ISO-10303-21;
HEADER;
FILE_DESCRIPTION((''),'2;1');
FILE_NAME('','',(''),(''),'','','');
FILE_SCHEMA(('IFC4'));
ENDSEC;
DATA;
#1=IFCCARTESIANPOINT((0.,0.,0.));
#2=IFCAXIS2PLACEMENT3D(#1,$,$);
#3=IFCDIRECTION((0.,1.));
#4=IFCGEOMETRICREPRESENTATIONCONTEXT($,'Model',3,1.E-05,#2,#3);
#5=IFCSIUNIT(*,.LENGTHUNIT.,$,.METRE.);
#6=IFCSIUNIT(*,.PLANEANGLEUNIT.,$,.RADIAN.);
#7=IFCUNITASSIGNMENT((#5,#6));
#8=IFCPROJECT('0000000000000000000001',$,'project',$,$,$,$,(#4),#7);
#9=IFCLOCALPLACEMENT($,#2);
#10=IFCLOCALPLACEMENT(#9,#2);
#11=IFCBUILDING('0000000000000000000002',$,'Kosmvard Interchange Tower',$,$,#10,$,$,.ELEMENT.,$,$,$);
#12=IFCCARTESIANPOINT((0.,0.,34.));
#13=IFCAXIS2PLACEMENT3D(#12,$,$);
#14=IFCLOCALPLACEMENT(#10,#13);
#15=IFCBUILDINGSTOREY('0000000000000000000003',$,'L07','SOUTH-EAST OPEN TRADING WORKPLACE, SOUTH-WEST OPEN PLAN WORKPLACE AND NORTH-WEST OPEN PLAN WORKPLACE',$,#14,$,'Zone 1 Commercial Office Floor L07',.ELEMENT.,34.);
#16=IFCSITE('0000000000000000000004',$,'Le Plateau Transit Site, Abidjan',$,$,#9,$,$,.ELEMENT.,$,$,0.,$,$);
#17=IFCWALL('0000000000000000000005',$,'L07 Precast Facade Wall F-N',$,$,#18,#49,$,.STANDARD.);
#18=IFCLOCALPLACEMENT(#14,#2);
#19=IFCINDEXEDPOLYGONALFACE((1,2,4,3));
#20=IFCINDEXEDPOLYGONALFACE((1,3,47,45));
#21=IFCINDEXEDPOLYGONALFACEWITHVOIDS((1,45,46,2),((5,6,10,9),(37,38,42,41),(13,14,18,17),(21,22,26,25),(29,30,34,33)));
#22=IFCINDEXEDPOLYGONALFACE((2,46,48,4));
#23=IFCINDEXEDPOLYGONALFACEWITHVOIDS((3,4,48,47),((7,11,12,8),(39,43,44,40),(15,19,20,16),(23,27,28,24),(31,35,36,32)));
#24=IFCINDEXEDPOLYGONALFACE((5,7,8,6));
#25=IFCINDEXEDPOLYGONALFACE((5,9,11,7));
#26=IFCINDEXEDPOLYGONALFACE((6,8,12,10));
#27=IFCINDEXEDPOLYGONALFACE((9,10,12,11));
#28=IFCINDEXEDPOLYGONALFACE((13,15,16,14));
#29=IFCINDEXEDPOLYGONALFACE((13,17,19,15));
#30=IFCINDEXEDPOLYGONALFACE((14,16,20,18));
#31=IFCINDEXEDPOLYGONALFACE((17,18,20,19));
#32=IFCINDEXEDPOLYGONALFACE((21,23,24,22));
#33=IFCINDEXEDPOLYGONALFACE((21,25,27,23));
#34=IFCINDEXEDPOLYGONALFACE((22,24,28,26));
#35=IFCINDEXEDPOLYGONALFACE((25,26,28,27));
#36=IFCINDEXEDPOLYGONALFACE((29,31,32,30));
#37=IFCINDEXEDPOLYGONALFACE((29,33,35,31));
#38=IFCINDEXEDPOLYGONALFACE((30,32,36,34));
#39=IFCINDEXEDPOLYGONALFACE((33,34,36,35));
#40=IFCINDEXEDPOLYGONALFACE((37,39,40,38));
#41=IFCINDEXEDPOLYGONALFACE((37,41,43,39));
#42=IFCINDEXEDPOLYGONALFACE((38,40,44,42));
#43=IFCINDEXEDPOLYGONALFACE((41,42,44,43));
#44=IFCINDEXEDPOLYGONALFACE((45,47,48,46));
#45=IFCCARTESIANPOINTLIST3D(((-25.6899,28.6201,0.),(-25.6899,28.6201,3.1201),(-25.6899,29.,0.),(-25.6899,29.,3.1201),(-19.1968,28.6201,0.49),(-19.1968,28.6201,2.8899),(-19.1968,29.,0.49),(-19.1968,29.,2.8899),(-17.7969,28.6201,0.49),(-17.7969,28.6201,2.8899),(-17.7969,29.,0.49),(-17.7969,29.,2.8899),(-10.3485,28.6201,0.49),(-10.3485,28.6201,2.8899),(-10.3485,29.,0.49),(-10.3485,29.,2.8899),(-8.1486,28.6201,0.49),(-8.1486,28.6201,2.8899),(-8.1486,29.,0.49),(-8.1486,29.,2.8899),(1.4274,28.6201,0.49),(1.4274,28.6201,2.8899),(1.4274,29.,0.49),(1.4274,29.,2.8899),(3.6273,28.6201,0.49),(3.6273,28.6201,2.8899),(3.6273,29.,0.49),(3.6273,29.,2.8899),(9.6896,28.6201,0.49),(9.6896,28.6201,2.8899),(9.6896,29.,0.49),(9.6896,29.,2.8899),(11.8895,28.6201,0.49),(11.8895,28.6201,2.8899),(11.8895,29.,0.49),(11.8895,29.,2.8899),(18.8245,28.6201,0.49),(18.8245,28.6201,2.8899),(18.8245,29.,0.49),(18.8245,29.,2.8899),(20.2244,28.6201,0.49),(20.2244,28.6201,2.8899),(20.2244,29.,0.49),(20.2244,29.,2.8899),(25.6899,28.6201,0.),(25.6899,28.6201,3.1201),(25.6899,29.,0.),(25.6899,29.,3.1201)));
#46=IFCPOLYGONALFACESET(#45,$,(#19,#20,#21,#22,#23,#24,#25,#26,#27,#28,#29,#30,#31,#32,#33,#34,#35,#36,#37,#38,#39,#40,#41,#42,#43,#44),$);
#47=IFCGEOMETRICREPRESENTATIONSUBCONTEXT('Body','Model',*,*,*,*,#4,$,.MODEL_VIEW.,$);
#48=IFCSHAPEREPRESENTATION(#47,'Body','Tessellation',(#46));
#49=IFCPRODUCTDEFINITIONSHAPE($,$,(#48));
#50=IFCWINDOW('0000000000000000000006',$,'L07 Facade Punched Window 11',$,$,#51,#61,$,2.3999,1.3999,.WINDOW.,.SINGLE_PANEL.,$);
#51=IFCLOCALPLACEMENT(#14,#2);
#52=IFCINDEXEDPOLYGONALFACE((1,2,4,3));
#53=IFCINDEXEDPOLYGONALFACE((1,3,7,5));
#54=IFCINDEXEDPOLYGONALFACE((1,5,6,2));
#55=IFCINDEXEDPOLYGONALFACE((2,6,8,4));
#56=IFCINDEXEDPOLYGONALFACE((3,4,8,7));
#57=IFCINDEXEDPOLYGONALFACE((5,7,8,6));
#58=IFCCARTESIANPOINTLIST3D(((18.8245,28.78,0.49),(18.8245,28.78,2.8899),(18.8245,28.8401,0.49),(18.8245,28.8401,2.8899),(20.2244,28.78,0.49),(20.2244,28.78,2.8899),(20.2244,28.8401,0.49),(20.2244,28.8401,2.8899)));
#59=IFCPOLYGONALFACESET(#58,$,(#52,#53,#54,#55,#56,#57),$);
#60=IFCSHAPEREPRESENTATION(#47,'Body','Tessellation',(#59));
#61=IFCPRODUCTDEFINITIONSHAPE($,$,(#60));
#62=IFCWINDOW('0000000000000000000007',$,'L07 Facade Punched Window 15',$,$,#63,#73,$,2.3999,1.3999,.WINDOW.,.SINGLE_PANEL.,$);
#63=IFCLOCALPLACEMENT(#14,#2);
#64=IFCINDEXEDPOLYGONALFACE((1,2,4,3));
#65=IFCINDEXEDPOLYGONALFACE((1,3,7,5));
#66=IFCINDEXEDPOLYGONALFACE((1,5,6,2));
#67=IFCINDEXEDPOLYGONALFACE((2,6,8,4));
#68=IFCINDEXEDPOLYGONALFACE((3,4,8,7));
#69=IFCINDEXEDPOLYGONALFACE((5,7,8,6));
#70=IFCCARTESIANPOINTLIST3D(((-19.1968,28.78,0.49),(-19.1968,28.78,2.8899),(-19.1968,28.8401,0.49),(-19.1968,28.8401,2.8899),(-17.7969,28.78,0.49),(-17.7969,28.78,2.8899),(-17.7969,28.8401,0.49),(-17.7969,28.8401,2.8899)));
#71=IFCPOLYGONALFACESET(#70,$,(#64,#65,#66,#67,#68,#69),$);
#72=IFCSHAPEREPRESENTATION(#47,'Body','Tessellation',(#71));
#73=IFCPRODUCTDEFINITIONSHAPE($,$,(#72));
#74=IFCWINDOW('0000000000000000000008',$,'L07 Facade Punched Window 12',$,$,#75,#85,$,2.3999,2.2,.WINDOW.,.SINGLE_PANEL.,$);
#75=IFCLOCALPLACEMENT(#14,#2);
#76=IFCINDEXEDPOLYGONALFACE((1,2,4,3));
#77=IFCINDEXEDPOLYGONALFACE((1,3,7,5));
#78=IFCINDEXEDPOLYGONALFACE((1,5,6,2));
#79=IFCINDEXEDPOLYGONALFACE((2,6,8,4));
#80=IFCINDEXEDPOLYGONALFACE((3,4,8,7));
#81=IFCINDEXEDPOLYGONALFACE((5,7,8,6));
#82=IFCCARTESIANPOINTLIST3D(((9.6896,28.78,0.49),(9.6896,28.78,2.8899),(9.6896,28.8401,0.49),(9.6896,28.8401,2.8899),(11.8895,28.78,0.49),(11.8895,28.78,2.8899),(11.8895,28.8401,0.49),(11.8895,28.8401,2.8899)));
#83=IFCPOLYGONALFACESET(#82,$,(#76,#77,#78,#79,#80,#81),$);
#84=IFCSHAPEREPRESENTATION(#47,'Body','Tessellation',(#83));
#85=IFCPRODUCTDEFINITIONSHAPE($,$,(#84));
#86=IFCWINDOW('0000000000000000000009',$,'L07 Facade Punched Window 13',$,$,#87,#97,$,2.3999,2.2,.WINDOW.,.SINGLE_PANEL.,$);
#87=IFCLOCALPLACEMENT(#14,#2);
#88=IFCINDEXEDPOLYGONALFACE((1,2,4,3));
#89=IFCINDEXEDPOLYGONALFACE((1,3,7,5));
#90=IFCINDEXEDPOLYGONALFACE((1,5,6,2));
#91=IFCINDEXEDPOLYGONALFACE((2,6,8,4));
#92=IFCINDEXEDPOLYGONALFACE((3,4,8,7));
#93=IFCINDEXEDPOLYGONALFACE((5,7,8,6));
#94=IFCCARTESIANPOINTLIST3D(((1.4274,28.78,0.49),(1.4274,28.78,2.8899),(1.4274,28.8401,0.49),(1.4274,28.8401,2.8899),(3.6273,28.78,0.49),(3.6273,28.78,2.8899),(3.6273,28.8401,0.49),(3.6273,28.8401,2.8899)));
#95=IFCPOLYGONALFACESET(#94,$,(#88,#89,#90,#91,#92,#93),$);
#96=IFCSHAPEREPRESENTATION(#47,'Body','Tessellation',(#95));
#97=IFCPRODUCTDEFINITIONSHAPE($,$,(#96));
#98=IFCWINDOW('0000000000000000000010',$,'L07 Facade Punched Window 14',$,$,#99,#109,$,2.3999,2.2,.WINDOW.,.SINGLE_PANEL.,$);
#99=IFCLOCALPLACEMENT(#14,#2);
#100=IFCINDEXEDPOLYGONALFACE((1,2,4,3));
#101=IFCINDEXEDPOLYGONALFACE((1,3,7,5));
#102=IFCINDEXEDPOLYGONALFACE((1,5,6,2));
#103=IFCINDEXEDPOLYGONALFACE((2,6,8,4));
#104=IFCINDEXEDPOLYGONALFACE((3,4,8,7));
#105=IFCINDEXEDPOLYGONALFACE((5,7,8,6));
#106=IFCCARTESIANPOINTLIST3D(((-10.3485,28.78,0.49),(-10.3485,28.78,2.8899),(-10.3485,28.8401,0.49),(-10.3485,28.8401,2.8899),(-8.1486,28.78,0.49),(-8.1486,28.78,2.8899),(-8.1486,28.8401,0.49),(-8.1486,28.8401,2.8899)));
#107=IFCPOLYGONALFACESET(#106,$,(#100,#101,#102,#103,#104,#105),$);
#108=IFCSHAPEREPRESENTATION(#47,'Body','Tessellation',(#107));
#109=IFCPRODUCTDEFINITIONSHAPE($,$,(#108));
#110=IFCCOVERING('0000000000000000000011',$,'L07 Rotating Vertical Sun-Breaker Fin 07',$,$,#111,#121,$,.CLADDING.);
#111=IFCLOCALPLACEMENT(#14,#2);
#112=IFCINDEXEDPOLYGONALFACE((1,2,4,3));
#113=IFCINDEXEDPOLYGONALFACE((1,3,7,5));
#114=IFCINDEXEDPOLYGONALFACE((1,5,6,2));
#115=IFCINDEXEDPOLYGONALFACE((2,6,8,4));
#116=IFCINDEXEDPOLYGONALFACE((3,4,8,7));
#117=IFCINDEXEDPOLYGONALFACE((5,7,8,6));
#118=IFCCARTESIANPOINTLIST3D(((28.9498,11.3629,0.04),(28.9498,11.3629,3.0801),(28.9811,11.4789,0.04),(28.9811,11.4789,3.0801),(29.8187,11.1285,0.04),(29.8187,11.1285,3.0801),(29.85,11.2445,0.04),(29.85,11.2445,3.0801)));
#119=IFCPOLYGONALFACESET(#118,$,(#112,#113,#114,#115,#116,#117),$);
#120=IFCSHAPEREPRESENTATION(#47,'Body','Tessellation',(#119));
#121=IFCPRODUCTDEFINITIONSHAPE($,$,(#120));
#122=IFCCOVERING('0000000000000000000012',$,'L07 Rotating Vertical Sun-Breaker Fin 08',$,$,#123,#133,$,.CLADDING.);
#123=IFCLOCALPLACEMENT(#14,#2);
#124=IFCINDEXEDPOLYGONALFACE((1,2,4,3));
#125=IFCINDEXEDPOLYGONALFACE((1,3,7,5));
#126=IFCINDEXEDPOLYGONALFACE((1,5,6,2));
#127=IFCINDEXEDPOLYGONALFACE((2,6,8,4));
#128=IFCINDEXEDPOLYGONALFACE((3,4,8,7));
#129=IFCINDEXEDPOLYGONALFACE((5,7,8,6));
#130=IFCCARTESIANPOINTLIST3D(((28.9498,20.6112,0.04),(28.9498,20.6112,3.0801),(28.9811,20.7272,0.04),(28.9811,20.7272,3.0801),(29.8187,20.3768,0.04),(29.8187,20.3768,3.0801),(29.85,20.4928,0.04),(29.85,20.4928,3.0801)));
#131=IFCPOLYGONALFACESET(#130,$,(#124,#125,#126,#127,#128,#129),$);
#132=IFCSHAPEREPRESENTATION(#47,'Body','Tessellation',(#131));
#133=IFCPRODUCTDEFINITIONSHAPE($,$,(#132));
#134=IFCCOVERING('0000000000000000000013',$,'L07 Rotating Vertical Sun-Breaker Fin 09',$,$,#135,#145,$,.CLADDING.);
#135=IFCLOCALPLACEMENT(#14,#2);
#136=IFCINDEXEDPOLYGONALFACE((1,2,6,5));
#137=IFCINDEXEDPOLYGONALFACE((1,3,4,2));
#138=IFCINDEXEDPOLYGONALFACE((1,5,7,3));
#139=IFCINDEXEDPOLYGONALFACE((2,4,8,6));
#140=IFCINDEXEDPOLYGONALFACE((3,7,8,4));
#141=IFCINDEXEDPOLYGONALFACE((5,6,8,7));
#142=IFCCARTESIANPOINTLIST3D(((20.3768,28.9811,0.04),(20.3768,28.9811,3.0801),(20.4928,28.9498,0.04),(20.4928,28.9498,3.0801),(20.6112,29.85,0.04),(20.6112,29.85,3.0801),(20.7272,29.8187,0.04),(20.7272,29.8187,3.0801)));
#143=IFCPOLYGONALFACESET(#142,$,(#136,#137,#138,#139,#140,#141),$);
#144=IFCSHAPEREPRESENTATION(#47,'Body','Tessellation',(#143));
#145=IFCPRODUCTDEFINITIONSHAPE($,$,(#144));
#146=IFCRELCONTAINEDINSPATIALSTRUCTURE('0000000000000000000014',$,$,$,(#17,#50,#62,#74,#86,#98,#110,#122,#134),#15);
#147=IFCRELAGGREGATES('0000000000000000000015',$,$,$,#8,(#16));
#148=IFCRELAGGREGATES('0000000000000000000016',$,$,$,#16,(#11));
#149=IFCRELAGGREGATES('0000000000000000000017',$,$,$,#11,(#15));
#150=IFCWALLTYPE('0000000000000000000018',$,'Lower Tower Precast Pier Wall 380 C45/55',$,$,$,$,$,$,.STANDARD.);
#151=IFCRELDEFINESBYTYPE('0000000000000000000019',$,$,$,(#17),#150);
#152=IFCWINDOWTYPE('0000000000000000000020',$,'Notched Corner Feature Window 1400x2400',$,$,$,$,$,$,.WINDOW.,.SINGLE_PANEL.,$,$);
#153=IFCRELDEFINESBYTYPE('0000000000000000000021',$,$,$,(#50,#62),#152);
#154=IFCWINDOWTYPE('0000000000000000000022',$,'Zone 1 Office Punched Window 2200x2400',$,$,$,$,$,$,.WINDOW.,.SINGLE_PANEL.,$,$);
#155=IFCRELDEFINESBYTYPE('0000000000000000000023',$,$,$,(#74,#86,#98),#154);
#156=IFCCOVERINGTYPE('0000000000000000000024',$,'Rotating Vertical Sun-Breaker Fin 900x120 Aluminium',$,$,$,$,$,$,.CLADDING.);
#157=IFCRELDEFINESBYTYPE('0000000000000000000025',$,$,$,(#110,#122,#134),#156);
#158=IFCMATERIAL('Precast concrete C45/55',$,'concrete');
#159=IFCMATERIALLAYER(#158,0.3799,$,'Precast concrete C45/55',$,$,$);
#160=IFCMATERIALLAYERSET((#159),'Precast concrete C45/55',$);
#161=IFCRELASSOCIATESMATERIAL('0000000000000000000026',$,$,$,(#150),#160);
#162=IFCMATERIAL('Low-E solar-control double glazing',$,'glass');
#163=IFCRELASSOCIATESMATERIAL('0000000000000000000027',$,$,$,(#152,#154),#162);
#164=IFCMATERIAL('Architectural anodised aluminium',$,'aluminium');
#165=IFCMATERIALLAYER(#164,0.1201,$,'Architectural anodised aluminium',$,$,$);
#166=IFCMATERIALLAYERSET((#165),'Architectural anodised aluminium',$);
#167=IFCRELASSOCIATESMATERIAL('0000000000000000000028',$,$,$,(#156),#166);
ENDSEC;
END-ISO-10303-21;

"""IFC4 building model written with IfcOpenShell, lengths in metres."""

from ifc_helpers import new_model, si_unit, direction, frame, frame_2d, origin, origin_2d, place, context, subcontext, project, spatial, rectangle, extrude, source, transform, mapped, material, layer, layer_set, type_object, element, fill, save


model = new_model("IFC4")

# Units and contexts
model_context = context("Model", 3, precision=1e-05, world=origin(), true_north=direction((0.0, 1.0)))
body_context = subcontext(model_context, "Body", "Model", "MODEL_VIEW")
ifc_project = project(units=[si_unit("LENGTHUNIT", "METRE"), si_unit("PLANEANGLEUNIT", "RADIAN")], contexts=[model_context])

# Site, building, storey
site_placement = place(None, origin())
site = spatial("IfcSite", under=ifc_project, at=site_placement, Name="Le Plateau Transit Site, Abidjan", CompositionType="ELEMENT", RefElevation=0.0)
building_placement = place(site_placement, origin())
building = spatial("IfcBuilding", under=site, at=building_placement, Name="Kosmvard Interchange Tower", CompositionType="ELEMENT")
storey_placement = place(building_placement, frame((0.0, 0.0, 34.0)))
storey = spatial("IfcBuildingStorey", under=building, at=storey_placement, Name="L07", Description="SOUTH-EAST OPEN TRADING WORKPLACE, SOUTH-WEST OPEN PLAN WORKPLACE AND NORTH-WEST OPEN PLAN WORKPLACE", LongName="Zone 1 Commercial Office Floor L07", CompositionType="ELEMENT", Elevation=34.0)

# Shared definitions
ifc_material_1 = material(Name="Precast concrete C45/55", Category="concrete")

# Shared definitions
ifc_layer_1 = layer(ifc_material_1, 0.3799, Name="Precast concrete C45/55")
ifc_layer_set_1 = layer_set([ifc_layer_1], Name="Precast concrete C45/55")
wall_type = type_object("IfcWallType", Name="Lower Tower Precast Pier Wall 380 C45/55", PredefinedType="STANDARD", material=ifc_layer_set_1)

# Wall, openings, windows
wall_1_placement = place(storey_placement, frame((25.6899, 28.8101, 0.0), z_axis=(0.0, 0.0, 1.0), x_axis=(-1.0, 0.0, 0.0)))
wall_1 = element("IfcWall", 1, at=wall_1_placement, inside=storey, type_object=wall_type, Name="L07 Precast Facade Wall F-N", PredefinedType="STANDARD", context=body_context, shape_type="SweptSolid", body=[
    extrude(rectangle(XDim=51.3799, YDim=0.3799, at=frame_2d((25.6899, 0.0))), origin(), (0.0, 0.0, 1.0), 3.1201),
])
opening_1_placement = place(wall_1_placement, frame((5.4656, 0.0, 0.49)))
opening_1 = element("IfcOpeningElement", 2, at=opening_1_placement, cuts=wall_1, PredefinedType="OPENING", context=body_context, shape_type="SweptSolid", body=[
    extrude(rectangle(XDim=1.3999, YDim=2.3999, at=frame_2d((0.7, 1.2))), frame((0.0, 0.2, 0.0), z_axis=(0.0, -1.0, 0.0), x_axis=(1.0, 0.0, 0.0)), (0.0, 0.0, 1.0), 0.3999),
])
opening_2_placement = place(wall_1_placement, frame((13.8003, 0.0, 0.49)))
opening_2 = element("IfcOpeningElement", 3, at=opening_2_placement, cuts=wall_1, PredefinedType="OPENING", context=body_context, shape_type="SweptSolid", body=[
    extrude(rectangle(XDim=2.2, YDim=2.3999, at=frame_2d((1.1001, 1.2))), frame((0.0, 0.2, 0.0), z_axis=(0.0, -1.0, 0.0), x_axis=(1.0, 0.0, 0.0)), (0.0, 0.0, 1.0), 0.3999),
])
opening_3_placement = place(wall_1_placement, frame((22.0625, 0.0, 0.49)))
opening_3 = element("IfcOpeningElement", 4, at=opening_3_placement, cuts=wall_1, PredefinedType="OPENING", context=body_context, shape_type="SweptSolid", body=[
    extrude(rectangle(XDim=2.2, YDim=2.3999, at=frame_2d((1.1001, 1.2))), frame((0.0, 0.2, 0.0), z_axis=(0.0, -1.0, 0.0), x_axis=(1.0, 0.0, 0.0)), (0.0, 0.0, 1.0), 0.3999),
])
opening_4_placement = place(wall_1_placement, frame((33.8384, 0.0, 0.49)))
opening_4 = element("IfcOpeningElement", 5, at=opening_4_placement, cuts=wall_1, PredefinedType="OPENING", context=body_context, shape_type="SweptSolid", body=[
    extrude(rectangle(XDim=2.2, YDim=2.3999, at=frame_2d((1.1001, 1.2))), frame((0.0, 0.2, 0.0), z_axis=(0.0, -1.0, 0.0), x_axis=(1.0, 0.0, 0.0)), (0.0, 0.0, 1.0), 0.3999),
])
opening_5_placement = place(wall_1_placement, frame((43.4868, 0.0, 0.49)))
opening_5 = element("IfcOpeningElement", 6, at=opening_5_placement, cuts=wall_1, PredefinedType="OPENING", context=body_context, shape_type="SweptSolid", body=[
    extrude(rectangle(XDim=1.3999, YDim=2.3999, at=frame_2d((0.7, 1.2))), frame((0.0, 0.2, 0.0), z_axis=(0.0, -1.0, 0.0), x_axis=(1.0, 0.0, 0.0)), (0.0, 0.0, 1.0), 0.3999),
])
ifc_material_2 = material(Name="Low-E solar-control double glazing", Category="glass")
window_type_1 = type_object("IfcWindowType", Name="Notched Corner Feature Window 1400x2400", PartitioningType="SINGLE_PANEL", PredefinedType="WINDOW", material=ifc_material_2)
shared_shape_1 = source(origin(), body_context, "Body", "SweptSolid", [
    extrude(rectangle(XDim=1.3999, YDim=2.3999, at=frame_2d((0.7, 1.2))), frame((0.0, 0.03, 0.0), z_axis=(0.0, -1.0, 0.0), x_axis=(1.0, 0.0, 0.0)), (0.0, 0.0, 1.0), 0.0601),
])
window_1_placement = place(opening_1_placement, origin())
window_1 = element("IfcWindow", 7, at=window_1_placement, inside=storey, type_object=window_type_1, Name="L07 Facade Punched Window 11", OverallHeight=2.3999, OverallWidth=1.3999, PartitioningType="SINGLE_PANEL", PredefinedType="WINDOW", context=body_context, shape_type="MappedRepresentation", body=[
    mapped(shared_shape_1, transform((0.0, 0.0, 0.0), scale=1.0)),
])
fill(opening_1, window_1)
window_2_placement = place(opening_5_placement, origin())
window_2 = element("IfcWindow", 8, at=window_2_placement, inside=storey, type_object=window_type_1, Name="L07 Facade Punched Window 15", OverallHeight=2.3999, OverallWidth=1.3999, PartitioningType="SINGLE_PANEL", PredefinedType="WINDOW", context=body_context, shape_type="MappedRepresentation", body=[
    mapped(shared_shape_1, transform((0.0, 0.0, 0.0), scale=1.0)),
])
fill(opening_5, window_2)
window_type_2 = type_object("IfcWindowType", Name="Zone 1 Office Punched Window 2200x2400", PartitioningType="SINGLE_PANEL", PredefinedType="WINDOW", material=ifc_material_2)
shared_shape_2 = source(origin(), body_context, "Body", "SweptSolid", [
    extrude(rectangle(XDim=2.2, YDim=2.3999, at=frame_2d((1.1001, 1.2))), frame((0.0, 0.03, 0.0), z_axis=(0.0, -1.0, 0.0), x_axis=(1.0, 0.0, 0.0)), (0.0, 0.0, 1.0), 0.0601),
])
window_3_placement = place(opening_2_placement, origin())
window_3 = element("IfcWindow", 9, at=window_3_placement, inside=storey, type_object=window_type_2, Name="L07 Facade Punched Window 12", OverallHeight=2.3999, OverallWidth=2.2, PartitioningType="SINGLE_PANEL", PredefinedType="WINDOW", context=body_context, shape_type="MappedRepresentation", body=[
    mapped(shared_shape_2, transform((0.0, 0.0, 0.0), scale=1.0)),
])
fill(opening_2, window_3)
window_4_placement = place(opening_3_placement, origin())
window_4 = element("IfcWindow", 10, at=window_4_placement, inside=storey, type_object=window_type_2, Name="L07 Facade Punched Window 13", OverallHeight=2.3999, OverallWidth=2.2, PartitioningType="SINGLE_PANEL", PredefinedType="WINDOW", context=body_context, shape_type="MappedRepresentation", body=[
    mapped(shared_shape_2, transform((0.0, 0.0, 0.0), scale=1.0)),
])
fill(opening_3, window_4)
window_5_placement = place(opening_4_placement, origin())
window_5 = element("IfcWindow", 11, at=window_5_placement, inside=storey, type_object=window_type_2, Name="L07 Facade Punched Window 14", OverallHeight=2.3999, OverallWidth=2.2, PartitioningType="SINGLE_PANEL", PredefinedType="WINDOW", context=body_context, shape_type="MappedRepresentation", body=[
    mapped(shared_shape_2, transform((0.0, 0.0, 0.0), scale=1.0)),
])
fill(opening_4, window_5)

# Coverings
ifc_material_3 = material(Name="Architectural anodised aluminium", Category="aluminium")
ifc_layer_2 = layer(ifc_material_3, 0.1201, Name="Architectural anodised aluminium")
ifc_layer_set_2 = layer_set([ifc_layer_2], Name="Architectural anodised aluminium")
covering_type = type_object("IfcCoveringType", Name="Rotating Vertical Sun-Breaker Fin 900x120 Aluminium", PredefinedType="CLADDING", material=ifc_layer_set_2)
shared_shape_3 = source(origin(), body_context, "Body", "SweptSolid", [
    extrude(rectangle(XDim=0.8999, YDim=0.1201, at=origin_2d()), origin(), (0.0, 0.0, 1.0), 3.04),
])
for number, where, z_axis, x_axis, name in (
    (12, (29.3999, 11.3037, 0.04), (0.0, 0.0, 1.0), (0.965473, -0.260505, 0.0), "L07 Rotating Vertical Sun-Breaker Fin 07"),
    (13, (29.3999, 20.552, 0.04), (0.0, 0.0, 1.0), (0.965473, -0.260505, 0.0), "L07 Rotating Vertical Sun-Breaker Fin 08"),
    (14, (20.552, 29.3999, 0.04), (0.0, 0.0, 1.0), (0.260505, 0.965473, 0.0), "L07 Rotating Vertical Sun-Breaker Fin 09"),
):
    element("IfcCovering", number, at=place(storey_placement, frame(where, z_axis=z_axis, x_axis=x_axis)), inside=storey, type_object=covering_type, Name=name, PredefinedType="CLADDING", context=body_context, shape_type="MappedRepresentation", body=[
        mapped(shared_shape_3, transform((0.0, 0.0, 0.0), scale=1.0)),
    ])

save(model, "model.ifc")
